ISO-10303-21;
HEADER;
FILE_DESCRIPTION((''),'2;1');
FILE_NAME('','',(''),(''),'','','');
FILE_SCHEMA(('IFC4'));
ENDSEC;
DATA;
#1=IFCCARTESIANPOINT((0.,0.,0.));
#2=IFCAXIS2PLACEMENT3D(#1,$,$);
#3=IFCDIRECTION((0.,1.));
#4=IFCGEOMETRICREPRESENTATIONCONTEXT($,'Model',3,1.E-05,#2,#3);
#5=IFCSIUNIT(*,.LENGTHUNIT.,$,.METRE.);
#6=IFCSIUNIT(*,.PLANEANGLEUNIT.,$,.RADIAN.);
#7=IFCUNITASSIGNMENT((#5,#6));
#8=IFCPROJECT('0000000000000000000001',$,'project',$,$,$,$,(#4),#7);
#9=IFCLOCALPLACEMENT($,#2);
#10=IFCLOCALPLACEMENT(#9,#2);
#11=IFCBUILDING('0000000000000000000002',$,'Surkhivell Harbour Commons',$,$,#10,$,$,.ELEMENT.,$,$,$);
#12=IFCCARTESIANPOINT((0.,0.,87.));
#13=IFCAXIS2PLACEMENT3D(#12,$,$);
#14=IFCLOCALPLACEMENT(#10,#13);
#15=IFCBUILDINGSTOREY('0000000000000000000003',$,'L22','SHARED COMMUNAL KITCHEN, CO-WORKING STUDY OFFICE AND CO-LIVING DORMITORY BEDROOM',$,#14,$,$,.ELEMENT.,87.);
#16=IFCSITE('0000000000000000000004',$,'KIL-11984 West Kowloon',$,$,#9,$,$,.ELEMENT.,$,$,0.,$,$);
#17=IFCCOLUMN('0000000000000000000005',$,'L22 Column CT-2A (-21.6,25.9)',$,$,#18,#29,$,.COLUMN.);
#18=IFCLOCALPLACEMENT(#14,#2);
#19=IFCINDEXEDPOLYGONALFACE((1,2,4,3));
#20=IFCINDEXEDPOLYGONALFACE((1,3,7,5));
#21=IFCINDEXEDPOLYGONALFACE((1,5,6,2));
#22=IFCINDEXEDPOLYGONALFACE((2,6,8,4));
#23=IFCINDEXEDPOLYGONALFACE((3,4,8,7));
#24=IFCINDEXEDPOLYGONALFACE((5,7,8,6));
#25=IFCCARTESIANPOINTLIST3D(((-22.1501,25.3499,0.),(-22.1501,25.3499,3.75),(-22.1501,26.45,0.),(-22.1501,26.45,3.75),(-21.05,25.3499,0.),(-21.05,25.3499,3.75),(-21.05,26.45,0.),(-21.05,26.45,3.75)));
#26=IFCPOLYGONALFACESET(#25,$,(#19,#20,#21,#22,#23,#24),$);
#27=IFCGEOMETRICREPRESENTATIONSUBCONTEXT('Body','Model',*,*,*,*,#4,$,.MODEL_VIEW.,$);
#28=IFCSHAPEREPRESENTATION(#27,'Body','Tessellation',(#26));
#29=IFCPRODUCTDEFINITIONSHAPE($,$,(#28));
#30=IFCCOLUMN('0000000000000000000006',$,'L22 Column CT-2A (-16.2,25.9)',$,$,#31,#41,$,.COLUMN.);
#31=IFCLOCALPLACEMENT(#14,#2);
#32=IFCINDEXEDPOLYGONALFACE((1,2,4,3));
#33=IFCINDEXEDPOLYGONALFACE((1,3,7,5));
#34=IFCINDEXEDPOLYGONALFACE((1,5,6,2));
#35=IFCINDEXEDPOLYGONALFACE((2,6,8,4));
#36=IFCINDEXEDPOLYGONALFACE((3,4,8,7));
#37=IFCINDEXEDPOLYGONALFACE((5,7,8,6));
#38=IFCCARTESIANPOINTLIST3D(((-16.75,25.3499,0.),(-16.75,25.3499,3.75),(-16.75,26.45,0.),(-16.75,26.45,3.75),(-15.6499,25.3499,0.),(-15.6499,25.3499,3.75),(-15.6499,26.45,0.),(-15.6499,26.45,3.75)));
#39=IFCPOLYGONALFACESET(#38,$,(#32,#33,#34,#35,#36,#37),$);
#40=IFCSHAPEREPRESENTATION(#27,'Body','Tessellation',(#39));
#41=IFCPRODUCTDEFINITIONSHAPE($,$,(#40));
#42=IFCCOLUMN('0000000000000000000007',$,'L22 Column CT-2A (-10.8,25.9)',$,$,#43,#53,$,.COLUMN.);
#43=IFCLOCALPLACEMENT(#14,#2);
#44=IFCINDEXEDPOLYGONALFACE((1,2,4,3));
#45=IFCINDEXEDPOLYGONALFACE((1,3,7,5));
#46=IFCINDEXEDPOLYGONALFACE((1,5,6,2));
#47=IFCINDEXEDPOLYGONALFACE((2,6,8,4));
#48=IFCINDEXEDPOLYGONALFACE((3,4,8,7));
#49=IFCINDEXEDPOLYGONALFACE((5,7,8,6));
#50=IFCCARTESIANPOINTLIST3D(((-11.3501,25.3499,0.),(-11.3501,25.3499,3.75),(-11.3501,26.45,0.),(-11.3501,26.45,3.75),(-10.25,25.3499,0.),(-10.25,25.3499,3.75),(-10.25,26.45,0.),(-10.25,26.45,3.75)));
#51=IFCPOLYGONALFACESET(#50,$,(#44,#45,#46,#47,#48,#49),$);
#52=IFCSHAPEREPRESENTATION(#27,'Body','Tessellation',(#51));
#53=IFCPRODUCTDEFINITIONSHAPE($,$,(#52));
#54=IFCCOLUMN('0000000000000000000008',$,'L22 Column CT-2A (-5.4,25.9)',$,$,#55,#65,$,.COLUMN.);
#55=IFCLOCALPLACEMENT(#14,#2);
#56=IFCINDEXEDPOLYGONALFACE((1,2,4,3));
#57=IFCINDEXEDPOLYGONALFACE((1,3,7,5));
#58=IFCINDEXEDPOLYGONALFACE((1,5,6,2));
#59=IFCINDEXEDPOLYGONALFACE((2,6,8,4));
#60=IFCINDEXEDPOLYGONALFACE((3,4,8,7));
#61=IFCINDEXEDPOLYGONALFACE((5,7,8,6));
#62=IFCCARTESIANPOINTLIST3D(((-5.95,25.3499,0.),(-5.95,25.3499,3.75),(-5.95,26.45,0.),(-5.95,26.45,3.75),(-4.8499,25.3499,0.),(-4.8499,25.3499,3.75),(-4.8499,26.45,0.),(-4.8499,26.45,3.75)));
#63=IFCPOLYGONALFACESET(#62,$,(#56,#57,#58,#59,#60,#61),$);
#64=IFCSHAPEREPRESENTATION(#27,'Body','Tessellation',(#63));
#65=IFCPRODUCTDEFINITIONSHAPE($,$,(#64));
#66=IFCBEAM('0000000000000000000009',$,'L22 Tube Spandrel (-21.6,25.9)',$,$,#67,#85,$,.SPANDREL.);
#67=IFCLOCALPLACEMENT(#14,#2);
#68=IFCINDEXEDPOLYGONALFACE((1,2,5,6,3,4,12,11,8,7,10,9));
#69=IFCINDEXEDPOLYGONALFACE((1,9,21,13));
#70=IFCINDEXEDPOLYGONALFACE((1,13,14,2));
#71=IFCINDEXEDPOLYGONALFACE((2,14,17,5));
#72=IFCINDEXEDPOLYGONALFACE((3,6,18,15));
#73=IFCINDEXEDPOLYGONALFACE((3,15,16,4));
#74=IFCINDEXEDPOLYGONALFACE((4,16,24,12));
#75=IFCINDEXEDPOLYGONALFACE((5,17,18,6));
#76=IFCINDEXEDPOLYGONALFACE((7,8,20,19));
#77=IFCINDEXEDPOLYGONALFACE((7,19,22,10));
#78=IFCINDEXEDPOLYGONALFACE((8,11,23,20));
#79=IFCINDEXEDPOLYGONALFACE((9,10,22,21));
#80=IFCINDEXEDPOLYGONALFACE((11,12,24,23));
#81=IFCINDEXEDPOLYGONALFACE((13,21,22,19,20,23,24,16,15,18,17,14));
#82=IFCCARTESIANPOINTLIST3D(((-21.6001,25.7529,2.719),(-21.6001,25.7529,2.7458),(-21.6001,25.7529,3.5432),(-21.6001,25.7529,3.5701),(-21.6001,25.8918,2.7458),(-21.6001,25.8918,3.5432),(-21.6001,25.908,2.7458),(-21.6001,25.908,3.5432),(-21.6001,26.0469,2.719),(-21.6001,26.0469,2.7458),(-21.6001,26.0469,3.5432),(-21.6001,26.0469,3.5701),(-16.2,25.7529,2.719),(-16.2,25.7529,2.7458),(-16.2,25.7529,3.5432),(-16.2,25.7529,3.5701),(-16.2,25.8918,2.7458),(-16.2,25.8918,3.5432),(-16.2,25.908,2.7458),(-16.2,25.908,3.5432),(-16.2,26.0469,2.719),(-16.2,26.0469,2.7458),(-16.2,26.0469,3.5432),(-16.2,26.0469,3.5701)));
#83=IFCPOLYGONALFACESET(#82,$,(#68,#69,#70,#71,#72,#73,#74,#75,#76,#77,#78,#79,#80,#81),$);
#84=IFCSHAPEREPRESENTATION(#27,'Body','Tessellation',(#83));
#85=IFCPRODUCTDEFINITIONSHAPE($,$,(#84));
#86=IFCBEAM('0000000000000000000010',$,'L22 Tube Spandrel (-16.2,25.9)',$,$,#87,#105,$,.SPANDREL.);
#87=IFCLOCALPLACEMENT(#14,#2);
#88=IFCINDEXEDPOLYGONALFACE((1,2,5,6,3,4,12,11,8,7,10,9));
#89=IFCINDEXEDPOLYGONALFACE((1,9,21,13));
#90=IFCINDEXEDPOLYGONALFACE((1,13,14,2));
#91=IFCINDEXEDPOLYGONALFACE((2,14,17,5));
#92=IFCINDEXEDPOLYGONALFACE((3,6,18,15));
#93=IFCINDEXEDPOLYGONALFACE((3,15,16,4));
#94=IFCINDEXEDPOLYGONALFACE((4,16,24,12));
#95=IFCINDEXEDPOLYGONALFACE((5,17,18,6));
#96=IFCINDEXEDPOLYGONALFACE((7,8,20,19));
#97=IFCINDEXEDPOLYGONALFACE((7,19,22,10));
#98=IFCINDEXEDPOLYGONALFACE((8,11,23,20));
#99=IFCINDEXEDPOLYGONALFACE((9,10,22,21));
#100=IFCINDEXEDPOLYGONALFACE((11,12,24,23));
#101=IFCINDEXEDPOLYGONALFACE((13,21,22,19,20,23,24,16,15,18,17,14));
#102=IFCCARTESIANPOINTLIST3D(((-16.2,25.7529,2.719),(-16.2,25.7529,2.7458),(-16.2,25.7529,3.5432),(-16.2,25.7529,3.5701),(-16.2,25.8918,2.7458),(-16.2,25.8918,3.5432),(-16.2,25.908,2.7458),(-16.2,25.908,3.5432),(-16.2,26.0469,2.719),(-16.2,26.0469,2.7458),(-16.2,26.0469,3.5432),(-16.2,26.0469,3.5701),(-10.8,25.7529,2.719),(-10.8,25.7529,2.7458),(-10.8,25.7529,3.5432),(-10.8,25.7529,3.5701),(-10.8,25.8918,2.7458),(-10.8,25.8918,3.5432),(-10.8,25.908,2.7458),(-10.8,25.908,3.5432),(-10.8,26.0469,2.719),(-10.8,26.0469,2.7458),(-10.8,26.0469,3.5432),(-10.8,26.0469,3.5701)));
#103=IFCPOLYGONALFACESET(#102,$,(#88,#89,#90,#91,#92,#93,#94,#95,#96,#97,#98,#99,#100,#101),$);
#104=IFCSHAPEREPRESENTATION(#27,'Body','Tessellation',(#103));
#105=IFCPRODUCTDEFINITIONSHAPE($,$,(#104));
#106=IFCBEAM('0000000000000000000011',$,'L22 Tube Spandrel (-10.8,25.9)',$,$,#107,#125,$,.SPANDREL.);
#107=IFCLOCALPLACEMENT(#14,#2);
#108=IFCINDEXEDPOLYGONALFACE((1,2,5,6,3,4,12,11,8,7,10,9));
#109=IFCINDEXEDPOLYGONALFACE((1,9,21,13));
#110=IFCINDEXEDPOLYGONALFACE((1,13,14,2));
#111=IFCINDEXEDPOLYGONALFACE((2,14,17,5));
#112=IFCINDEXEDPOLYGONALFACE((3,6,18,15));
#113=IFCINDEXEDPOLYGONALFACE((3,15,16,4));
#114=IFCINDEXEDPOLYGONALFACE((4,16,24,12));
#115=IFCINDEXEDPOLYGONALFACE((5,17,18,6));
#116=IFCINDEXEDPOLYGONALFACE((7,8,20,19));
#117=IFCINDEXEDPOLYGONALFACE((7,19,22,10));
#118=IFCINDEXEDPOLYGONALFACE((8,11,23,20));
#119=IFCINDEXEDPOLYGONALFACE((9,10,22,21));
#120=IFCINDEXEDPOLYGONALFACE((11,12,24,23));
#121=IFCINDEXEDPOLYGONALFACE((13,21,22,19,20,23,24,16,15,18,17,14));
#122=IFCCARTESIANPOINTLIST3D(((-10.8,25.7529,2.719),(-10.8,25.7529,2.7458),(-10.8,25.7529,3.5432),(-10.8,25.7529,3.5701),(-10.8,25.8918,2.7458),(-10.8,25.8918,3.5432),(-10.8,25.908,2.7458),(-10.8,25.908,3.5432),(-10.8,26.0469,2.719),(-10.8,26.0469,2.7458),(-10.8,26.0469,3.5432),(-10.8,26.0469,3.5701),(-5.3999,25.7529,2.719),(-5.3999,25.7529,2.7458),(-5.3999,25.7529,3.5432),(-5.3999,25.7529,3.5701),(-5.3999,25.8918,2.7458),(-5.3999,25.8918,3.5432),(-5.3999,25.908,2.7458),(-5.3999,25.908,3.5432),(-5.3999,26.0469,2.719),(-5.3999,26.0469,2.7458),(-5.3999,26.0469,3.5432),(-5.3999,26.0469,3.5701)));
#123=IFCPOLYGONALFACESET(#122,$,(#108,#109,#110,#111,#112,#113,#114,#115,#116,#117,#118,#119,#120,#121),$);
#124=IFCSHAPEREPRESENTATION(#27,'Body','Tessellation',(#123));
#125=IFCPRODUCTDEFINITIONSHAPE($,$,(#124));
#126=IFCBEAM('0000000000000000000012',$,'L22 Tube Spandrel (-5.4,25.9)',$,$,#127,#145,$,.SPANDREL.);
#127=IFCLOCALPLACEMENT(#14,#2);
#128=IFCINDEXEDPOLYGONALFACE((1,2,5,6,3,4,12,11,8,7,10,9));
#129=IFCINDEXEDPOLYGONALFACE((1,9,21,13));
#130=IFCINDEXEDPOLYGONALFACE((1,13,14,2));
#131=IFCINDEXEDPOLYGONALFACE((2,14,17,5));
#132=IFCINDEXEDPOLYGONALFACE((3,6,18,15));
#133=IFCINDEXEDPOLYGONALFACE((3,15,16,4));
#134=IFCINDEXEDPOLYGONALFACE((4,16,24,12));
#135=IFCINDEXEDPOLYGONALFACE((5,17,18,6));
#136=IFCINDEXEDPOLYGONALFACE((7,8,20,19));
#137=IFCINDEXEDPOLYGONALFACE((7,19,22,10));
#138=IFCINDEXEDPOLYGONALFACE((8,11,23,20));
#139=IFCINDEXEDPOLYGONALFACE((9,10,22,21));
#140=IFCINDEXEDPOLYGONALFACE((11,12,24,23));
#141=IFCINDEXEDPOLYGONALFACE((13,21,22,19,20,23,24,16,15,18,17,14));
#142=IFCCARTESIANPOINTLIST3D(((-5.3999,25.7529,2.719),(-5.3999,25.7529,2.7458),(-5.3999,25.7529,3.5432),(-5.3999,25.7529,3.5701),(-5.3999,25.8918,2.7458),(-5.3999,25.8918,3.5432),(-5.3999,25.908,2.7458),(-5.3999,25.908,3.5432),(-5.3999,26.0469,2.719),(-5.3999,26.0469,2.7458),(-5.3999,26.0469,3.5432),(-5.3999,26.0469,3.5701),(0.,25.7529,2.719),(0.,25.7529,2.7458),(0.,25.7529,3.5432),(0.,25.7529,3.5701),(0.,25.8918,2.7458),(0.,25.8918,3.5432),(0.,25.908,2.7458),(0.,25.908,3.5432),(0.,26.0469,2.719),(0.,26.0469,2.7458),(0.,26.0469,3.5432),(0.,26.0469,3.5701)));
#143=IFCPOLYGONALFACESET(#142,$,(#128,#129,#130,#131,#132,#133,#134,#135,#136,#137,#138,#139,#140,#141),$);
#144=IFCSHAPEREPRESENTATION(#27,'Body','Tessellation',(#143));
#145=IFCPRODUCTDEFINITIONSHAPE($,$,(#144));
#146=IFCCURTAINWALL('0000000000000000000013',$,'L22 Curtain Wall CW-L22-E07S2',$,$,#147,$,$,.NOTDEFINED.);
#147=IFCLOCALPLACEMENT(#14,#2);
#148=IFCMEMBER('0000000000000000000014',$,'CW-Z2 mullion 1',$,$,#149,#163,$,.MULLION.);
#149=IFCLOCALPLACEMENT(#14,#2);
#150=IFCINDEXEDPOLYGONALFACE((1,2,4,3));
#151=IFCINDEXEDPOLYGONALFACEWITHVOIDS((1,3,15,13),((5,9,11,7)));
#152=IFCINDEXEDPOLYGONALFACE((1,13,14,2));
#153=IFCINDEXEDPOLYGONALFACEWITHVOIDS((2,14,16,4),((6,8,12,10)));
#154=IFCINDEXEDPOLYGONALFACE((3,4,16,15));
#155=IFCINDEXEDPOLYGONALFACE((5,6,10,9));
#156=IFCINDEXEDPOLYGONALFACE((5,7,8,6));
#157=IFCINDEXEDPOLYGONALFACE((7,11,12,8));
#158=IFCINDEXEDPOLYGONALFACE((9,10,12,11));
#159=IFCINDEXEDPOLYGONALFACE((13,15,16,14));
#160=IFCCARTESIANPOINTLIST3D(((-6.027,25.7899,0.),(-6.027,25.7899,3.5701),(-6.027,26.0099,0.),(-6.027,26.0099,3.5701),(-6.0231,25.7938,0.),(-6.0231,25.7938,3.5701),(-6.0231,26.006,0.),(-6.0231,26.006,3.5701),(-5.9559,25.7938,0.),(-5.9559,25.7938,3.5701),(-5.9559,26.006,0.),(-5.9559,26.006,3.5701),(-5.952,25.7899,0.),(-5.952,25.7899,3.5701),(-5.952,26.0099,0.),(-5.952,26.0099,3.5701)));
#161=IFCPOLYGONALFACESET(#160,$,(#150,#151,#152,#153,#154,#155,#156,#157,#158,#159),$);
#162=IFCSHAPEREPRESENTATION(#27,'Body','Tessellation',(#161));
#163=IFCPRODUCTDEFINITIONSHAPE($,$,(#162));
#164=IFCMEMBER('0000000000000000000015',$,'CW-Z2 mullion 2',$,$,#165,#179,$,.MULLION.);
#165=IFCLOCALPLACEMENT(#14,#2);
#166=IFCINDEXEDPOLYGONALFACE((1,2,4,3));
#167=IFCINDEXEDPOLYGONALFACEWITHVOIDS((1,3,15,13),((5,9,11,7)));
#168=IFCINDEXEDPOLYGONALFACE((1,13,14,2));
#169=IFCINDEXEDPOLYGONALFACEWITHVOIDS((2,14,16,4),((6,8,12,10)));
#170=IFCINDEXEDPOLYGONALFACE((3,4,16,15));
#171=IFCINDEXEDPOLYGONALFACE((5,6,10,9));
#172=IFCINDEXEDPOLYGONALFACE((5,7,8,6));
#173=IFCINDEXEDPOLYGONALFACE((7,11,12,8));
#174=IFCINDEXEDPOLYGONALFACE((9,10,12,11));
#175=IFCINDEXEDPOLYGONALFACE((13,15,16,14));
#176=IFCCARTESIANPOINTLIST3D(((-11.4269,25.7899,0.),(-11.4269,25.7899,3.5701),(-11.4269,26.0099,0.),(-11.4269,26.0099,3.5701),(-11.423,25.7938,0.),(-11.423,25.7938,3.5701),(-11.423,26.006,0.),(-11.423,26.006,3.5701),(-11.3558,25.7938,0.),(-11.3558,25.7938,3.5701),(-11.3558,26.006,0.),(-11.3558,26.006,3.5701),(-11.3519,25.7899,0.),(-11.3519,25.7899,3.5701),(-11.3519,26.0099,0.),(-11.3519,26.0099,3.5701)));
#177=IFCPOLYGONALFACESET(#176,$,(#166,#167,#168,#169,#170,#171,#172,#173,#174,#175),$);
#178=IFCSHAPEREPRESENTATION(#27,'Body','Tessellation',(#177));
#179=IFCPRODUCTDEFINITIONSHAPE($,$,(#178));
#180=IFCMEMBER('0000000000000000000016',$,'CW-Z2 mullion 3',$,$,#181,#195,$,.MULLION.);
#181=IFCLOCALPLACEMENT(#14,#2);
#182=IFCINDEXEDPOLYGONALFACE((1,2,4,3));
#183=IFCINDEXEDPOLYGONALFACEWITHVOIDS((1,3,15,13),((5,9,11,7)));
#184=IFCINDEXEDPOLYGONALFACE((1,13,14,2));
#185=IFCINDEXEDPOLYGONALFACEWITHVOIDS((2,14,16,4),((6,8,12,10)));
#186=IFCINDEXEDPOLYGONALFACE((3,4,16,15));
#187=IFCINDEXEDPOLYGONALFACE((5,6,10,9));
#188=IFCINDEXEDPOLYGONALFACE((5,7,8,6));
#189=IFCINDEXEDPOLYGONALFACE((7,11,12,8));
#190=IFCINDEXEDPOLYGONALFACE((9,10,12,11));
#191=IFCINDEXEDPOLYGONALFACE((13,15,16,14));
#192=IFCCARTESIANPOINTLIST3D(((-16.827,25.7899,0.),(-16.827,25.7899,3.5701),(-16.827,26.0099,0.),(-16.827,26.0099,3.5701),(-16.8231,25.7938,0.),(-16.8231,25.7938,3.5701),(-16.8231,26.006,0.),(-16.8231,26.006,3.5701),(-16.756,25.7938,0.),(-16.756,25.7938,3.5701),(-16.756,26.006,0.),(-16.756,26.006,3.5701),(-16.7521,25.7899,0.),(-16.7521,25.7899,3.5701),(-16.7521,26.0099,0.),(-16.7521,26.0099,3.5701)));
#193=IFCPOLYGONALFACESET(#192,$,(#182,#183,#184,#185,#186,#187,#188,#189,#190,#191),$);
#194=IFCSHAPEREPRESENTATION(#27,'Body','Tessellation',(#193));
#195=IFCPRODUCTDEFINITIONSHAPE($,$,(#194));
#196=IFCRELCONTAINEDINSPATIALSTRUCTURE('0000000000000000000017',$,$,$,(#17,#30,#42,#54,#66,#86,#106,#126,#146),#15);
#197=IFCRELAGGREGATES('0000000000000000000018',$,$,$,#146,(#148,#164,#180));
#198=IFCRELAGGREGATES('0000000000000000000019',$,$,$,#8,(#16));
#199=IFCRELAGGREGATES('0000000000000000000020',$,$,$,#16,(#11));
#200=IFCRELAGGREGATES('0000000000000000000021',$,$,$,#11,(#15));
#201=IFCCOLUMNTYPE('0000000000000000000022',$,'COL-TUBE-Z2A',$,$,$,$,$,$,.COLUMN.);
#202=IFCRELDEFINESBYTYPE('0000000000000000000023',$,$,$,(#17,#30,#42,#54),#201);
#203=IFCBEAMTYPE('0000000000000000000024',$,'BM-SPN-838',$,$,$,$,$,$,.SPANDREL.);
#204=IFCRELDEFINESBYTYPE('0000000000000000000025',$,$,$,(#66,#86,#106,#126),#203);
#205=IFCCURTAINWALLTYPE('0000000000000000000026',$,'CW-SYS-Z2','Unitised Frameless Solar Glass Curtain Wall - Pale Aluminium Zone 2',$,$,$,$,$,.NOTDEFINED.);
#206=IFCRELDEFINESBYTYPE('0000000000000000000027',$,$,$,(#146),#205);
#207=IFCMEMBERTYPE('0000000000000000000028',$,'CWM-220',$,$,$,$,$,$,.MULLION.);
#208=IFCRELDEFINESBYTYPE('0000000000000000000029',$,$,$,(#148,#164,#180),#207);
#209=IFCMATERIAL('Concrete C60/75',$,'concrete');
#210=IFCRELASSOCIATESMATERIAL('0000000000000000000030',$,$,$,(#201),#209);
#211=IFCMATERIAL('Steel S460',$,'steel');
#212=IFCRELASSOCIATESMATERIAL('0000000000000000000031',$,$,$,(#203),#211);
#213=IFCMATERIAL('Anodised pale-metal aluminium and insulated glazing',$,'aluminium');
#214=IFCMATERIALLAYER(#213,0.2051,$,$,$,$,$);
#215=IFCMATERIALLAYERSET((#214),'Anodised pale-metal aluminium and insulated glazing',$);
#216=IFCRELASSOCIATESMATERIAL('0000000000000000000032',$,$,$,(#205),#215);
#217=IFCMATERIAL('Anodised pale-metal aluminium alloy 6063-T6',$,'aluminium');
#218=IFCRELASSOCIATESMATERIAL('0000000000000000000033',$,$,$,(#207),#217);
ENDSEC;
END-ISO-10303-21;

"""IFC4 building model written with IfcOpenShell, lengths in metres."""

from ifc_helpers import new_model, si_unit, direction, frame, origin, origin_2d, place, context, subcontext, project, spatial, rectangle, hollow_rectangle, i_section, extrude, material, layer, layer_set, material_profile, profile_set, type_object, element, aggregate, save


model = new_model("IFC4")

# Units and contexts
model_context = context("Model", 3, precision=1e-05, world=origin(), true_north=direction((0.0, 1.0)))
body_context = subcontext(model_context, "Body", "Model", "MODEL_VIEW")
ifc_project = project(units=[si_unit("LENGTHUNIT", "METRE"), si_unit("PLANEANGLEUNIT", "RADIAN")], contexts=[model_context])

# Site, building, storey
site_placement = place(None, origin())
site = spatial("IfcSite", under=ifc_project, at=site_placement, Name="KIL-11984 West Kowloon", CompositionType="ELEMENT", RefElevation=0.0)
building_placement = place(site_placement, origin())
building = spatial("IfcBuilding", under=site, at=building_placement, Name="Surkhivell Harbour Commons", CompositionType="ELEMENT")
storey_placement = place(building_placement, frame((0.0, 0.0, 87.0)))
storey = spatial("IfcBuildingStorey", under=building, at=storey_placement, Name="L22", Description="SHARED COMMUNAL KITCHEN, CO-WORKING STUDY OFFICE AND CO-LIVING DORMITORY BEDROOM", CompositionType="ELEMENT", Elevation=87.0)

# Columns
ifc_material_1 = material(Name="Concrete C60/75", Category="concrete")
ifc_material_profile_1 = material_profile(ifc_material_1, rectangle(XDim=1.1001, YDim=1.1001, at=origin_2d()), Name="RC-COL-1100x1100")
ifc_profile_set_1 = profile_set([ifc_material_profile_1], Name="Concrete C60/75")
column_type = type_object("IfcColumnType", Name="COL-TUBE-Z2A", PredefinedType="COLUMN", material=ifc_profile_set_1)
for number, where, z_axis, x_axis, name in (
    (1, (-21.6001, 25.8999, 0.0), (0.0, 0.0, 1.0), (1.0, 0.0, 0.0), "L22 Column CT-2A (-21.6,25.9)"),
    (2, (-16.2, 25.8999, 0.0), (0.0, 0.0, 1.0), (1.0, 0.0, 0.0), "L22 Column CT-2A (-16.2,25.9)"),
    (3, (-10.8, 25.8999, 0.0), (0.0, 0.0, 1.0), (1.0, 0.0, 0.0), "L22 Column CT-2A (-10.8,25.9)"),
    (4, (-5.3999, 25.8999, 0.0), (0.0, 0.0, 1.0), (1.0, 0.0, 0.0), "L22 Column CT-2A (-5.4,25.9)"),
):
    element("IfcColumn", number, at=place(storey_placement, frame(where, z_axis=z_axis, x_axis=x_axis)), inside=storey, type_object=column_type, Name=name, PredefinedType="COLUMN", context=body_context, shape_type="SweptSolid", body=[
        extrude(rectangle(XDim=1.1001, YDim=1.1001, at=origin_2d()), origin(), (0.0, 0.0, 1.0), 3.75),
    ])

# Beams
ifc_material_2 = material(Name="Steel S460", Category="steel")
ifc_material_profile_2 = material_profile(ifc_material_2, i_section(OverallWidth=0.2939, OverallDepth=0.8511, WebThickness=0.0161, FlangeThickness=0.0269, at=origin_2d()), Name="UB838x292x226")
ifc_profile_set_2 = profile_set([ifc_material_profile_2], Name="Steel S460")
beam_type = type_object("IfcBeamType", Name="BM-SPN-838", PredefinedType="SPANDREL", material=ifc_profile_set_2)
beam_1_placement = place(storey_placement, frame((-21.6001, 25.8999, 3.1445), z_axis=(1.0, 0.0, 0.0), x_axis=(0.0, 1.0, 0.0)))
element("IfcBeam", 5, at=beam_1_placement, inside=storey, type_object=beam_type, Name="L22 Tube Spandrel (-21.6,25.9)", PredefinedType="SPANDREL", context=body_context, shape_type="SweptSolid", body=[
    extrude(i_section(OverallWidth=0.2939, OverallDepth=0.8511, WebThickness=0.0161, FlangeThickness=0.0269, at=origin_2d()), origin(), (0.0, 0.0, 1.0), 5.4001),
])
beam_2_placement = place(storey_placement, frame((-16.2, 25.8999, 3.1445), z_axis=(1.0, 0.0, 0.0), x_axis=(0.0, 1.0, 0.0)))
element("IfcBeam", 6, at=beam_2_placement, inside=storey, type_object=beam_type, Name="L22 Tube Spandrel (-16.2,25.9)", PredefinedType="SPANDREL", context=body_context, shape_type="SweptSolid", body=[
    extrude(i_section(OverallWidth=0.2939, OverallDepth=0.8511, WebThickness=0.0161, FlangeThickness=0.0269, at=origin_2d()), origin(), (0.0, 0.0, 1.0), 5.3999),
])
beam_3_placement = place(storey_placement, frame((-10.8, 25.8999, 3.1445), z_axis=(1.0, 0.0, 0.0), x_axis=(0.0, 1.0, 0.0)))
element("IfcBeam", 7, at=beam_3_placement, inside=storey, type_object=beam_type, Name="L22 Tube Spandrel (-10.8,25.9)", PredefinedType="SPANDREL", context=body_context, shape_type="SweptSolid", body=[
    extrude(i_section(OverallWidth=0.2939, OverallDepth=0.8511, WebThickness=0.0161, FlangeThickness=0.0269, at=origin_2d()), origin(), (0.0, 0.0, 1.0), 5.4001),
])
beam_4_placement = place(storey_placement, frame((-5.3999, 25.8999, 3.1445), z_axis=(1.0, 0.0, 0.0), x_axis=(0.0, 1.0, 0.0)))
element("IfcBeam", 8, at=beam_4_placement, inside=storey, type_object=beam_type, Name="L22 Tube Spandrel (-5.4,25.9)", PredefinedType="SPANDREL", context=body_context, shape_type="SweptSolid", body=[
    extrude(i_section(OverallWidth=0.2939, OverallDepth=0.8511, WebThickness=0.0161, FlangeThickness=0.0269, at=origin_2d()), origin(), (0.0, 0.0, 1.0), 5.3999),
])

# Curtain wall, members
ifc_material_3 = material(Name="Anodised pale-metal aluminium and insulated glazing", Category="aluminium")
ifc_layer_1 = layer(ifc_material_3, 0.2051)
ifc_layer_set_1 = layer_set([ifc_layer_1], Name="Anodised pale-metal aluminium and insulated glazing")
curtain_wall_type = type_object("IfcCurtainWallType", Name="CW-SYS-Z2", Description="Unitised Frameless Solar Glass Curtain Wall - Pale Aluminium Zone 2", PredefinedType="NOTDEFINED", material=ifc_layer_set_1)
curtain_wall_placement = place(storey_placement, origin())
curtain_wall = element("IfcCurtainWall", 9, at=curtain_wall_placement, inside=storey, type_object=curtain_wall_type, Name="L22 Curtain Wall CW-L22-E07S2", PredefinedType="NOTDEFINED")
ifc_material_4 = material(Name="Anodised pale-metal aluminium alloy 6063-T6", Category="aluminium")
ifc_material_profile_3 = material_profile(ifc_material_4, hollow_rectangle(XDim=0.075, YDim=0.22, WallThickness=0.0039, at=origin_2d()), Name="ALU-MULL-75x220")
ifc_profile_set_3 = profile_set([ifc_material_profile_3], Name="Anodised pale-metal aluminium alloy 6063-T6")
member_type_1 = type_object("IfcMemberType", Name="CWM-220", PredefinedType="MULLION", material=ifc_profile_set_3)
member_1_placement = place(storey_placement, frame((-5.9895, 25.8999, 0.0), z_axis=(0.0, 0.0, 1.0), x_axis=(-1.0, 0.0, 0.0)))
member_1 = element("IfcMember", 10, at=member_1_placement, type_object=member_type_1, Name="CW-Z2 mullion 1", PredefinedType="MULLION", context=body_context, shape_type="SweptSolid", body=[
    extrude(hollow_rectangle(XDim=0.075, YDim=0.22, WallThickness=0.0039, at=origin_2d()), origin(), (0.0, 0.0, 1.0), 3.5701),
])
member_2_placement = place(storey_placement, frame((-11.3894, 25.8999, 0.0), z_axis=(0.0, 0.0, 1.0), x_axis=(-1.0, 0.0, 0.0)))
member_2 = element("IfcMember", 11, at=member_2_placement, type_object=member_type_1, Name="CW-Z2 mullion 2", PredefinedType="MULLION", context=body_context, shape_type="SweptSolid", body=[
    extrude(hollow_rectangle(XDim=0.075, YDim=0.22, WallThickness=0.0039, at=origin_2d()), origin(), (0.0, 0.0, 1.0), 3.5701),
])
member_3_placement = place(storey_placement, frame((-16.7896, 25.8999, 0.0), z_axis=(0.0, 0.0, 1.0), x_axis=(-1.0, 0.0, 0.0)))
member_3 = element("IfcMember", 12, at=member_3_placement, type_object=member_type_1, Name="CW-Z2 mullion 3", PredefinedType="MULLION", context=body_context, shape_type="SweptSolid", body=[
    extrude(hollow_rectangle(XDim=0.075, YDim=0.22, WallThickness=0.0039, at=origin_2d()), origin(), (0.0, 0.0, 1.0), 3.5701),
])

aggregate(curtain_wall, [member_1, member_2, member_3])

save(model, "model.ifc")
